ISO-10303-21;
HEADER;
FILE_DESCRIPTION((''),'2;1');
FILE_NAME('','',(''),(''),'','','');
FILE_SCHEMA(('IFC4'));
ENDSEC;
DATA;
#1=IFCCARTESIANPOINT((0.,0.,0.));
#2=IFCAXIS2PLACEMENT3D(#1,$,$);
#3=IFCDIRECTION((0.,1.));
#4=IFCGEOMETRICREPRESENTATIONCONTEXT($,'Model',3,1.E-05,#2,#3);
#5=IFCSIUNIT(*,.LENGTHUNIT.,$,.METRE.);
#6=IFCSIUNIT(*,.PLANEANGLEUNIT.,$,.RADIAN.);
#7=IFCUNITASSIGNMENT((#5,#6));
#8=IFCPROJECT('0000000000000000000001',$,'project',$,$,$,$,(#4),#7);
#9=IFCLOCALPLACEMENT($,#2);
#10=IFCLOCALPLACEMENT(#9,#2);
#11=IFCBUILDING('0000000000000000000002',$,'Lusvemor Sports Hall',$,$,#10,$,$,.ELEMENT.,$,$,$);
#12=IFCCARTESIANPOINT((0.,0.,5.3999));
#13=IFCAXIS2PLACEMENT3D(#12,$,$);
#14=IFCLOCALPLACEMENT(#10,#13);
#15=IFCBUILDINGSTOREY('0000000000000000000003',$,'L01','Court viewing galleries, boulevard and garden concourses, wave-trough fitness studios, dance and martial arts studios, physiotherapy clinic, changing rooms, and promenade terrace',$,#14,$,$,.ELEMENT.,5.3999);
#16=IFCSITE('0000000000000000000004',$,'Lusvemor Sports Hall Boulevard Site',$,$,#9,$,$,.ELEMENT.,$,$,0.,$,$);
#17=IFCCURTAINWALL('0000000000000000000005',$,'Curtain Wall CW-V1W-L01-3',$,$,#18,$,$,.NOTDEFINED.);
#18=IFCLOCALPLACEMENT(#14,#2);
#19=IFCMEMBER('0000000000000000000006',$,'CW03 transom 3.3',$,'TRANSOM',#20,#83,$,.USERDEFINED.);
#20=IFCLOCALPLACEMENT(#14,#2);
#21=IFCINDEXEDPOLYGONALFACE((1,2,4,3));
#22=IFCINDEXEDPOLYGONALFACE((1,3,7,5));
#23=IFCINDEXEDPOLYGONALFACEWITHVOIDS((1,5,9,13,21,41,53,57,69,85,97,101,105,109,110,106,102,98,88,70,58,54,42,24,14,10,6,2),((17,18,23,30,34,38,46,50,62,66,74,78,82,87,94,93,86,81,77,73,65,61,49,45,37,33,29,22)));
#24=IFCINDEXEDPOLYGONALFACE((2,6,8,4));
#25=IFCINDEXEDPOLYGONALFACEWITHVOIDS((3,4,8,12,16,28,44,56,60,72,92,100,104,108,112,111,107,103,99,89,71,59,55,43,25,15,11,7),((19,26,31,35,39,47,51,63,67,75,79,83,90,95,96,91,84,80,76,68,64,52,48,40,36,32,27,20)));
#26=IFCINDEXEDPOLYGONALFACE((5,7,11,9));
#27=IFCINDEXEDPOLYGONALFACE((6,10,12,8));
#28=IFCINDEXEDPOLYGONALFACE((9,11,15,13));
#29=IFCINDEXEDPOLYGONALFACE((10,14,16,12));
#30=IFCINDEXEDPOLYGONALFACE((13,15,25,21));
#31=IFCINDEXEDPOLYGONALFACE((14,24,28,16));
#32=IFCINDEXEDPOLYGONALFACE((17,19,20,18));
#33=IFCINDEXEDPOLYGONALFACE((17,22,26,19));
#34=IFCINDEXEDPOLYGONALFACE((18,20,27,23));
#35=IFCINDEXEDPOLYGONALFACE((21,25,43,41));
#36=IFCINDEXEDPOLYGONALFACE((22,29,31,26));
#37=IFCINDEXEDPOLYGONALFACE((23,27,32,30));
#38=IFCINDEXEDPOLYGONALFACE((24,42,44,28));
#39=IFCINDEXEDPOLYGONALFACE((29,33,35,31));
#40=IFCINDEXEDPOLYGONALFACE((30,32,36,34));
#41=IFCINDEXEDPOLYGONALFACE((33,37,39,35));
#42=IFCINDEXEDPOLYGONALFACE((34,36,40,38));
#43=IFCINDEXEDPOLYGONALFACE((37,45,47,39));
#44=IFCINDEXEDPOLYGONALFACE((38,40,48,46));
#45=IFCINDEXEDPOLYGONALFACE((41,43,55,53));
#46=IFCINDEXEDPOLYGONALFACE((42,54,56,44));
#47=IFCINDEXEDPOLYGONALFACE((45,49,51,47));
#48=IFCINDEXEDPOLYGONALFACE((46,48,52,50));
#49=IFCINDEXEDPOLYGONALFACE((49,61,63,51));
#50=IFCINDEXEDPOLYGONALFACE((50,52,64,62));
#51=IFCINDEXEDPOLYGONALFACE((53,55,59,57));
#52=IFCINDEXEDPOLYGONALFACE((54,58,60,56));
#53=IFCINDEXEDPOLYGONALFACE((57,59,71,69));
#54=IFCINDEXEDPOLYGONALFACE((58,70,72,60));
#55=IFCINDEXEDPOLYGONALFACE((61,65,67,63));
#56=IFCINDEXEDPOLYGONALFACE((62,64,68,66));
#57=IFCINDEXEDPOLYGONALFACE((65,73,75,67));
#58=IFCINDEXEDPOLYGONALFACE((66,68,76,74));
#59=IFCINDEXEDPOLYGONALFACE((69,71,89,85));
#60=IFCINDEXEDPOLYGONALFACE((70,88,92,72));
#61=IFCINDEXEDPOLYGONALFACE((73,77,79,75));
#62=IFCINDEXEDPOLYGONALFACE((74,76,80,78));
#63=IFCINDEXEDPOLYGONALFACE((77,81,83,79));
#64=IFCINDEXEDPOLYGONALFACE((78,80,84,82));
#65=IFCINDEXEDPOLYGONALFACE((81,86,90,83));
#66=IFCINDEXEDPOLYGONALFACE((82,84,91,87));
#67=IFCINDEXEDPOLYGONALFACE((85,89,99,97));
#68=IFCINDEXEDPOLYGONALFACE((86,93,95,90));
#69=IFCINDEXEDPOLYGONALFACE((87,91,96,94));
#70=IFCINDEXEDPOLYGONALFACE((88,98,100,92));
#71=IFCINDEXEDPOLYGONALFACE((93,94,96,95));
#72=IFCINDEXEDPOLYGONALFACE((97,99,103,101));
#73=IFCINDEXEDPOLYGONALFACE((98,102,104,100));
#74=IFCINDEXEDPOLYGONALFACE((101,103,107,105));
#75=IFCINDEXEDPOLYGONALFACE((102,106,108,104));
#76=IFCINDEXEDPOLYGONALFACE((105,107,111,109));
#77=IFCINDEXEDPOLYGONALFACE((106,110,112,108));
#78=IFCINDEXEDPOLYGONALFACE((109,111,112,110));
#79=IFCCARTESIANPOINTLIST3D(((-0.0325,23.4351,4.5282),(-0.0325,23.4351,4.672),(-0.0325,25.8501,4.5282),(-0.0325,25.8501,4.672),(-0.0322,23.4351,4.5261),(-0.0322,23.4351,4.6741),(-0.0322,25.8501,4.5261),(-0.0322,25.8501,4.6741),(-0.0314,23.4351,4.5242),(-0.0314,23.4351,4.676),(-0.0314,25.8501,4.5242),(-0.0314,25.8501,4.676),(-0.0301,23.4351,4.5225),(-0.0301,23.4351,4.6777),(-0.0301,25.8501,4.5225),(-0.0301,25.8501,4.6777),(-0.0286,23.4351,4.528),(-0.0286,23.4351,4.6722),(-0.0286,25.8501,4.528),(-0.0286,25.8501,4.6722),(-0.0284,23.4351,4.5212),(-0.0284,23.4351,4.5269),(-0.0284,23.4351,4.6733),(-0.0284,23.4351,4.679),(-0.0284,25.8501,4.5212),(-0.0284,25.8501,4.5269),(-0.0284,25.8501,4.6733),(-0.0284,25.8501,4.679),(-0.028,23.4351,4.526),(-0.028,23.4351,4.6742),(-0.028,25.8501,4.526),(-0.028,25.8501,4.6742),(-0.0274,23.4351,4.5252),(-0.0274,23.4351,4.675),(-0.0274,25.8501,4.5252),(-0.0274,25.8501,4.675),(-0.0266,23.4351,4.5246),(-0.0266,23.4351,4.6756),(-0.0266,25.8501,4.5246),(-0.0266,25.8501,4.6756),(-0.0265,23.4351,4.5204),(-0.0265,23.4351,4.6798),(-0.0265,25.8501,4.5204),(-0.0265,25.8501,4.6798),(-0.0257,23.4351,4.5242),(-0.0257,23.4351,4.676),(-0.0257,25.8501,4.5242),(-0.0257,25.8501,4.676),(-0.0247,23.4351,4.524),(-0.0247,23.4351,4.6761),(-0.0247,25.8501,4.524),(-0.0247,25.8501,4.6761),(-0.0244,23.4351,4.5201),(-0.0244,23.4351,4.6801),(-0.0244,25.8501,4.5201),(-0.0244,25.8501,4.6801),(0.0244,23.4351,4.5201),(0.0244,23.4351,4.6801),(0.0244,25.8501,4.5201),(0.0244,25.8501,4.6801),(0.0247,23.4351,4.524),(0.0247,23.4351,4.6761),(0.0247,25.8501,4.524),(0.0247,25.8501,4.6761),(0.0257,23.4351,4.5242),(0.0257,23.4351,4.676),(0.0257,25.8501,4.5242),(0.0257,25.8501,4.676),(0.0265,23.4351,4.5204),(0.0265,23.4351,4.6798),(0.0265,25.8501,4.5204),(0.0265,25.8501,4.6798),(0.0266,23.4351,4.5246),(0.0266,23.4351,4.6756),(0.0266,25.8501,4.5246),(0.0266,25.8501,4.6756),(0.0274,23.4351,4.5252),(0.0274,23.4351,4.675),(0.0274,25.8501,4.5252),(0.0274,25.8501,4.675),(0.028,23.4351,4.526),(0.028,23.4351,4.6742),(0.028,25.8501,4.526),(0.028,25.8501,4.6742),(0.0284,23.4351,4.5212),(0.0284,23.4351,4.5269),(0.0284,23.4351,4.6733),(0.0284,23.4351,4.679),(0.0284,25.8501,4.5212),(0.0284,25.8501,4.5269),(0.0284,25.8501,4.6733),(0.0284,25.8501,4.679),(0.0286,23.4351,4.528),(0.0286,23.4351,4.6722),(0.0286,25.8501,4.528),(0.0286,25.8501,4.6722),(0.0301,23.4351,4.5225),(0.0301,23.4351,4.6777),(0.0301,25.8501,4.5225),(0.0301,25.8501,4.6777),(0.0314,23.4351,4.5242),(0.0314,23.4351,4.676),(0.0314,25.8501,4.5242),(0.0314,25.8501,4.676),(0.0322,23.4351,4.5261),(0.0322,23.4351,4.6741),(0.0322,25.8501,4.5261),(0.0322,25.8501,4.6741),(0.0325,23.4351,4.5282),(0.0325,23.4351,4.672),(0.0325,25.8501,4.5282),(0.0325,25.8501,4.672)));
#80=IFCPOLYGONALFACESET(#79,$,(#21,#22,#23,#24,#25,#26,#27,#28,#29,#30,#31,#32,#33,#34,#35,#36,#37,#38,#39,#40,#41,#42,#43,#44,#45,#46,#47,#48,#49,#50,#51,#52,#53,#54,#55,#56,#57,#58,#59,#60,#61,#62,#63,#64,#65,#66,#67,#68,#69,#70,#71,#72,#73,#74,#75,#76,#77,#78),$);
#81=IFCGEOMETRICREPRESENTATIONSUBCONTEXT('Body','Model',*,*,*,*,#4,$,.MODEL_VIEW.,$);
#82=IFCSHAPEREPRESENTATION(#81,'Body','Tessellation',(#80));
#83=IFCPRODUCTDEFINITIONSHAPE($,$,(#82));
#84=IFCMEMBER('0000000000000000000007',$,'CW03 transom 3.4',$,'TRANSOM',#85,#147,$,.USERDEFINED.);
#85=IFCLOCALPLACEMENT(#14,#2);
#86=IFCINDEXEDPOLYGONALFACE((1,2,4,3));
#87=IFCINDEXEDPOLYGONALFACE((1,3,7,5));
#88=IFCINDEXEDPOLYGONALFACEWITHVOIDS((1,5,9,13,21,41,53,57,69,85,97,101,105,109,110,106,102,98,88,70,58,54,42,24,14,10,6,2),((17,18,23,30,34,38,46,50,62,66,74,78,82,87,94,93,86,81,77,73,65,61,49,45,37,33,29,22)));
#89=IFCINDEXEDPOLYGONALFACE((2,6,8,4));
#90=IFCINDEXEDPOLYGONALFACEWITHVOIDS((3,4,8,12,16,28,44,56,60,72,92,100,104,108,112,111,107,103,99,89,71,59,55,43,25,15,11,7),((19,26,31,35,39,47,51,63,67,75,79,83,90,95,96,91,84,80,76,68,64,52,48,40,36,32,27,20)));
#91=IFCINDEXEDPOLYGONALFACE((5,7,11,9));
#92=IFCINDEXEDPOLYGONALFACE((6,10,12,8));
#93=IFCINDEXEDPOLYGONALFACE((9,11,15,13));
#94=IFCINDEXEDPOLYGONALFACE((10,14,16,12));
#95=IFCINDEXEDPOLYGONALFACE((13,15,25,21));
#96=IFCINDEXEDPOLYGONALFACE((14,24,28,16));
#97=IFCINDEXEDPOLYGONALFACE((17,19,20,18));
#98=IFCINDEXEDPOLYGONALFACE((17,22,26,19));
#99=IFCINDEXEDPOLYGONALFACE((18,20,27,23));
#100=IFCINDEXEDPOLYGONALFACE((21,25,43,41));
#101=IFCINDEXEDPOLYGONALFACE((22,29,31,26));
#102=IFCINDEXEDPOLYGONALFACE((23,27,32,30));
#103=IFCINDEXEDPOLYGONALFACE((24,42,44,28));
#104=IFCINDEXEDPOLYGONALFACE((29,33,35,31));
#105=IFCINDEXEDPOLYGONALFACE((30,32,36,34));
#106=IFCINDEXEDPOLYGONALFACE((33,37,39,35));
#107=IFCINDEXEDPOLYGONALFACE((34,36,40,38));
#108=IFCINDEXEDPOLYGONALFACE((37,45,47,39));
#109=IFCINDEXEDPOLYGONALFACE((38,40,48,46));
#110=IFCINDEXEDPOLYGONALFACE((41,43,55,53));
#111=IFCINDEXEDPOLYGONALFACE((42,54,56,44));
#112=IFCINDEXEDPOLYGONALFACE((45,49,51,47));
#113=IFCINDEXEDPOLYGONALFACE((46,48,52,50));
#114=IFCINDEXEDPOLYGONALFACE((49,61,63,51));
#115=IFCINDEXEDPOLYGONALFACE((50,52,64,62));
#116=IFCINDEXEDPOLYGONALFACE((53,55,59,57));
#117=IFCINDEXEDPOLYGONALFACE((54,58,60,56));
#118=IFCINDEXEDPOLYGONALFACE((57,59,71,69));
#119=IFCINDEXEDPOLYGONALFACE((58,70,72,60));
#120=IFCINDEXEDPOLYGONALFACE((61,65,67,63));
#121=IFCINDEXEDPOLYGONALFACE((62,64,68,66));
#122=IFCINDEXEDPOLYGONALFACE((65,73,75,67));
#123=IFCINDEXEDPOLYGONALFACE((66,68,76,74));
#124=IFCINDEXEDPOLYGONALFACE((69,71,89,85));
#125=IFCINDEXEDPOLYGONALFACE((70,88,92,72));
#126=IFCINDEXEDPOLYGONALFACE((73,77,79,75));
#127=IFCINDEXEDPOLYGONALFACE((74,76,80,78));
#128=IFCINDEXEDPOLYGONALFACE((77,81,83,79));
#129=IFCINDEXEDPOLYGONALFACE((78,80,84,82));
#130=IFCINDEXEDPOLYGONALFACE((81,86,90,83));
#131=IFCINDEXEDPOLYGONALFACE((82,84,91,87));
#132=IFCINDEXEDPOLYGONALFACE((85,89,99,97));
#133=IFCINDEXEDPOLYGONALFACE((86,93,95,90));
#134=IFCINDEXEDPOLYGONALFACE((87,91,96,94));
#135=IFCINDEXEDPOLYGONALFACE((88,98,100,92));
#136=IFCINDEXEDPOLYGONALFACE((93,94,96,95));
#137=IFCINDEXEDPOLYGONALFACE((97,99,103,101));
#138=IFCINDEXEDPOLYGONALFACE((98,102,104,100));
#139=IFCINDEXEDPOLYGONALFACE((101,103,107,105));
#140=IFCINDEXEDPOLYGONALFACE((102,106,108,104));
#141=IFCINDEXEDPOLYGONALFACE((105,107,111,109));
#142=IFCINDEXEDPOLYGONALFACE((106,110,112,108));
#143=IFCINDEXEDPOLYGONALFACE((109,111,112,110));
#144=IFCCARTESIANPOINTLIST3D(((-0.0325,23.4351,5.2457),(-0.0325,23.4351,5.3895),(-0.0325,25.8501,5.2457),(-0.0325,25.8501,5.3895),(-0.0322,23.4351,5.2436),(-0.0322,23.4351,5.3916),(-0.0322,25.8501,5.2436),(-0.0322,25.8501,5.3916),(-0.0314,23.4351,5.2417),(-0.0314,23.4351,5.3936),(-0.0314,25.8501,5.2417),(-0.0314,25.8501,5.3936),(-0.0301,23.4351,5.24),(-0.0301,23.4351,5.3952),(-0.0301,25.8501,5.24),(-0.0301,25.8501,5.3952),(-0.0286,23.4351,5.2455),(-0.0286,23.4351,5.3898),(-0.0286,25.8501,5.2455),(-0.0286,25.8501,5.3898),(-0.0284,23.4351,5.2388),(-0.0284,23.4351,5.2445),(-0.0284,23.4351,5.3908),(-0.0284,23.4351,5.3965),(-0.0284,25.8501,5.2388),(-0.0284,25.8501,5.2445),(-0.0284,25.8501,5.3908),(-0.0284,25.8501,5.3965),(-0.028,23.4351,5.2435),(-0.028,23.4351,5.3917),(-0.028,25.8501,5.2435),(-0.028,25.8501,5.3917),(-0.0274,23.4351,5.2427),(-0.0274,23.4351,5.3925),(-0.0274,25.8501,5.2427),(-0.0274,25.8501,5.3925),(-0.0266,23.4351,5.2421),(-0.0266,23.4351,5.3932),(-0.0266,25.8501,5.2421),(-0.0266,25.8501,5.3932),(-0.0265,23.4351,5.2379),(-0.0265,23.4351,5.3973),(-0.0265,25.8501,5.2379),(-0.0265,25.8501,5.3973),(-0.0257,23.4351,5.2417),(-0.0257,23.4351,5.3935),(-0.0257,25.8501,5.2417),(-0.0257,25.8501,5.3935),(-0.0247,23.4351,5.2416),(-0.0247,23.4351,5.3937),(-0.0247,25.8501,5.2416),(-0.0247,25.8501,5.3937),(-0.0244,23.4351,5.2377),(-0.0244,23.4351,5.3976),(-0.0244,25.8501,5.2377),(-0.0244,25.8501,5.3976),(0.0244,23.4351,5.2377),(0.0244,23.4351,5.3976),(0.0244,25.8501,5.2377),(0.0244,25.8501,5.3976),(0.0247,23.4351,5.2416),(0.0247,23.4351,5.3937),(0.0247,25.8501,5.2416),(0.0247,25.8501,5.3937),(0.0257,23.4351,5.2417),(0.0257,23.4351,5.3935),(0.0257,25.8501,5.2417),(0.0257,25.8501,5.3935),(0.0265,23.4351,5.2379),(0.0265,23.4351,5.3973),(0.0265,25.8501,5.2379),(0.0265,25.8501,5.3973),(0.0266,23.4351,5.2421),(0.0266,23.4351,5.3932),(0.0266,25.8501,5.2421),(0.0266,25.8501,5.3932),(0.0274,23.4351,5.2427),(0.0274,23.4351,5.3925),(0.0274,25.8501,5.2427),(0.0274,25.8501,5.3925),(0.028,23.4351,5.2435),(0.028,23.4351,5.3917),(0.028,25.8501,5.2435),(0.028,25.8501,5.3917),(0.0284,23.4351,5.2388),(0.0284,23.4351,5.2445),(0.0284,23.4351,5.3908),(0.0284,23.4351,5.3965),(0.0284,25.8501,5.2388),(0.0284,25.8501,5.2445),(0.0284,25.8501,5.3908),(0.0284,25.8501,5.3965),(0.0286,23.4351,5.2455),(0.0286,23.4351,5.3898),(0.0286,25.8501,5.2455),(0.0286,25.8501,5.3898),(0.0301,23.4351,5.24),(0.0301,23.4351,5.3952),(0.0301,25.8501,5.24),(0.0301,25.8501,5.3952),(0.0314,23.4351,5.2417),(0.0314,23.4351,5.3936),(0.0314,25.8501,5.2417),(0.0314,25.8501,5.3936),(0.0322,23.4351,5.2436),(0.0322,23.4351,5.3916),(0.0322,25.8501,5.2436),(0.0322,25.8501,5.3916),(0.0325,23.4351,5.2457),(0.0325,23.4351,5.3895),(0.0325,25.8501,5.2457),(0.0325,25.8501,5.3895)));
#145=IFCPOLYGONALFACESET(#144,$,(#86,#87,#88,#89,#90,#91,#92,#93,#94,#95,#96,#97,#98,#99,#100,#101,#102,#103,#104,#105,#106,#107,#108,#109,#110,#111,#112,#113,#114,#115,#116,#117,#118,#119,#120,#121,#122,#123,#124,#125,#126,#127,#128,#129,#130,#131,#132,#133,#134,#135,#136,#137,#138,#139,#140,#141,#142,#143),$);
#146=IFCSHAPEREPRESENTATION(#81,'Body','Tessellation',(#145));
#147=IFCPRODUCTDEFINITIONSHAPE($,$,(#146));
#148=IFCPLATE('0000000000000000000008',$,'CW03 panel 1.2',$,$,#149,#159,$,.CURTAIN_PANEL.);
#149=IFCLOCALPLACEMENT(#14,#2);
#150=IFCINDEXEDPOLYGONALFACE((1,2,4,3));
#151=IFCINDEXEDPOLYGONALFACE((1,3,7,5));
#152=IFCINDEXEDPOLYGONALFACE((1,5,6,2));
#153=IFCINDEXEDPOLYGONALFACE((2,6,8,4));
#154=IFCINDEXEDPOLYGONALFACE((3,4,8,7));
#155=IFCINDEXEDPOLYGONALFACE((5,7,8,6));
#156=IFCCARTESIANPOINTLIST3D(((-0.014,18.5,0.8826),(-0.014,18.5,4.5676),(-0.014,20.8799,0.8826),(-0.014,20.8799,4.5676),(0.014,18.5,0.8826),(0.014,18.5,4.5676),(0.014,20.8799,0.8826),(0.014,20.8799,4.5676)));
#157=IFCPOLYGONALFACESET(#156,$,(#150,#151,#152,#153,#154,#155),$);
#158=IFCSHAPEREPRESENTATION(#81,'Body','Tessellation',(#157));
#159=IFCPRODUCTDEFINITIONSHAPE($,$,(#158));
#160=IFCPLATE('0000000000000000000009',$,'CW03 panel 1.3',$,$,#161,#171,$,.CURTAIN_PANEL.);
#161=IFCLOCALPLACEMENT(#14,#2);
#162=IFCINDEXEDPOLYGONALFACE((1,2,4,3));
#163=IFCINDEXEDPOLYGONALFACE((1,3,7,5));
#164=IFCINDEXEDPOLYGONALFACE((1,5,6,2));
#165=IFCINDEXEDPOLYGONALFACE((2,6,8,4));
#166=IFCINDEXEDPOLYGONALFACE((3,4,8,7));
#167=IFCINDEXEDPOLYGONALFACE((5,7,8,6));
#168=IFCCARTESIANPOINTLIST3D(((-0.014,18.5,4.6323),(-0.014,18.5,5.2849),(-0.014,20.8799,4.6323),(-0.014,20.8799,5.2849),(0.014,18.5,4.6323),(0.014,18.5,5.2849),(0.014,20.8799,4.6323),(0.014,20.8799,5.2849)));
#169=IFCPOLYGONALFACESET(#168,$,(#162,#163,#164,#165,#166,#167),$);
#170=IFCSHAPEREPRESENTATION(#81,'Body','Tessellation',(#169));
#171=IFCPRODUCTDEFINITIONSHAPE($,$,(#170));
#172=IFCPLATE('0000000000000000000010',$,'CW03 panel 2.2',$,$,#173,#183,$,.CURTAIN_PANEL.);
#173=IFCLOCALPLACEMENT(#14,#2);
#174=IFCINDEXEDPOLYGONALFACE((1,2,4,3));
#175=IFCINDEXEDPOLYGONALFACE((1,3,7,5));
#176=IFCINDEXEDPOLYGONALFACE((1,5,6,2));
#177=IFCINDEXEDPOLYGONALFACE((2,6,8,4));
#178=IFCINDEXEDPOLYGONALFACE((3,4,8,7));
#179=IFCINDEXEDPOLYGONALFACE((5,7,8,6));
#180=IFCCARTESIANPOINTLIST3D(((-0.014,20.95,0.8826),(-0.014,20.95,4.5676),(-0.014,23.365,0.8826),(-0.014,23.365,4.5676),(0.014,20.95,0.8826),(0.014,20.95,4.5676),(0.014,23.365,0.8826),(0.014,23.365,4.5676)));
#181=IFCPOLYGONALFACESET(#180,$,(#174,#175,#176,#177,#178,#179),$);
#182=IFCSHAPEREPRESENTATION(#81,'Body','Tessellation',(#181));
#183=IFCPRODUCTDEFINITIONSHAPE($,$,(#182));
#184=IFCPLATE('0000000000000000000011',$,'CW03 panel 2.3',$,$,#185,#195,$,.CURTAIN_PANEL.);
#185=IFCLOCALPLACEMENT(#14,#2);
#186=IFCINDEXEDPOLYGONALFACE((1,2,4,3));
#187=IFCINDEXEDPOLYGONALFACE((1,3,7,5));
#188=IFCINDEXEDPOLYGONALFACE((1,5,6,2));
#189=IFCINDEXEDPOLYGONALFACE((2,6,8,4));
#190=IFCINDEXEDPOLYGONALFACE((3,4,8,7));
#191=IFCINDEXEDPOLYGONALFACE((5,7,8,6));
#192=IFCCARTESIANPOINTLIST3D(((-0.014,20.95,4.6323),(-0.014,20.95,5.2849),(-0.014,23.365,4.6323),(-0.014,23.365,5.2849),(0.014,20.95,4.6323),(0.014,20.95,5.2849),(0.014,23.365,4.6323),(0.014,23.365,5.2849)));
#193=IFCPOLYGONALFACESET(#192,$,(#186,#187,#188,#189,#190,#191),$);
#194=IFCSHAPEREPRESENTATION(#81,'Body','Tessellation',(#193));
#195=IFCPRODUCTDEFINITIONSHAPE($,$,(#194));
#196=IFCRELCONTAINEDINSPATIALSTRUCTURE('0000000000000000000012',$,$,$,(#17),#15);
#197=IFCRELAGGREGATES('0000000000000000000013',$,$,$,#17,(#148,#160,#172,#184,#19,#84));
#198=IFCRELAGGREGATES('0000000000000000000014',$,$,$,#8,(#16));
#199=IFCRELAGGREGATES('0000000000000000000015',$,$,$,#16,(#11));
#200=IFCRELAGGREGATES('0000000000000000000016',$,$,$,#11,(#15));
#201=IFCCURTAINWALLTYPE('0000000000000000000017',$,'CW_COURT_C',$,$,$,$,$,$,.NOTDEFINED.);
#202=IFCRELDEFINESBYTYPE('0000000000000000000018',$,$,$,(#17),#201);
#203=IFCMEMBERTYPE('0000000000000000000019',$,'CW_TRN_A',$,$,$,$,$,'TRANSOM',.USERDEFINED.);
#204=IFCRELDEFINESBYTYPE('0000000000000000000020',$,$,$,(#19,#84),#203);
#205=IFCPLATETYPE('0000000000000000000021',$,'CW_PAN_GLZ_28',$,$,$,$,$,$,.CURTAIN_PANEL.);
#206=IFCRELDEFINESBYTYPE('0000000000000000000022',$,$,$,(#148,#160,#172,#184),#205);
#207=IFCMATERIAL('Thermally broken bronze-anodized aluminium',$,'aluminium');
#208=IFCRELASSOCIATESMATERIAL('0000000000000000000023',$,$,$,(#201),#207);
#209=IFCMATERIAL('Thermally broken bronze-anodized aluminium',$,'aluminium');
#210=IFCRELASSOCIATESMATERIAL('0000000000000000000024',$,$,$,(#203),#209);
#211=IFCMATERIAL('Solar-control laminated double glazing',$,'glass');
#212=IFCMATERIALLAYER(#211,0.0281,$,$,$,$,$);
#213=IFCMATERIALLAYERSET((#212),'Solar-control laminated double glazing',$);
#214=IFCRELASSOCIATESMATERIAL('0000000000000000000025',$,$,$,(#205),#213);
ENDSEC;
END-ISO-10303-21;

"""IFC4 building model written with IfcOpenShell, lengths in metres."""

from ifc_helpers import new_model, si_unit, direction, frame, origin, origin_2d, place, context, subcontext, project, spatial, rectangle, hollow_rectangle, extrude, material, layer, layer_set, material_profile, profile_set, type_object, element, aggregate, save


model = new_model("IFC4")

# Units and contexts
model_context = context("Model", 3, precision=1e-05, world=origin(), true_north=direction((0.0, 1.0)))
body_context = subcontext(model_context, "Body", "Model", "MODEL_VIEW")
ifc_project = project(units=[si_unit("LENGTHUNIT", "METRE"), si_unit("PLANEANGLEUNIT", "RADIAN")], contexts=[model_context])

# Site, building, storey
site_placement = place(None, origin())
site = spatial("IfcSite", under=ifc_project, at=site_placement, Name="Lusvemor Sports Hall Boulevard Site", CompositionType="ELEMENT", RefElevation=0.0)
building_placement = place(site_placement, origin())
building = spatial("IfcBuilding", under=site, at=building_placement, Name="Lusvemor Sports Hall", CompositionType="ELEMENT")
storey_placement = place(building_placement, frame((0.0, 0.0, 5.3999)))
storey = spatial("IfcBuildingStorey", under=building, at=storey_placement, Name="L01", Description="Court viewing galleries, boulevard and garden concourses, wave-trough fitness studios, dance and martial arts studios, physiotherapy clinic, changing rooms, and promenade terrace", CompositionType="ELEMENT", Elevation=5.3999)

# Shared definitions
ifc_material_1 = material(Name="Thermally broken bronze-anodized aluminium", Category="aluminium")
curtain_wall_type = type_object("IfcCurtainWallType", Name="CW_COURT_C", PredefinedType="NOTDEFINED", material=ifc_material_1)

# Curtain wall, members, plates
curtain_wall_1_placement = place(storey_placement, origin())
curtain_wall_1 = element("IfcCurtainWall", 1, at=curtain_wall_1_placement, inside=storey, type_object=curtain_wall_type, Name="Curtain Wall CW-V1W-L01-3", PredefinedType="NOTDEFINED")
ifc_material_2 = material(Name="Thermally broken bronze-anodized aluminium", Category="aluminium")
ifc_material_profile_1 = material_profile(ifc_material_2, hollow_rectangle(XDim=0.0649, YDim=0.1599, WallThickness=0.0039, InnerFilletRadius=0.0039, OuterFilletRadius=0.0081, at=origin_2d()), Name="CWTRN160x65x4")
ifc_profile_set_1 = profile_set([ifc_material_profile_1], Name="Thermally broken bronze-anodized aluminium")
member_type_1 = type_object("IfcMemberType", Name="CW_TRN_A", ElementType="TRANSOM", PredefinedType="USERDEFINED", material=ifc_profile_set_1)
member_1_placement = place(storey_placement, frame((0.0, 23.4351, 4.6001), z_axis=(0.0, 1.0, 0.0), x_axis=(-1.0, 0.0, 0.0)))
member_1 = element("IfcMember", 2, at=member_1_placement, type_object=member_type_1, Name="CW03 transom 3.3", ObjectType="TRANSOM", PredefinedType="USERDEFINED", context=body_context, shape_type="SweptSolid", body=[
    extrude(hollow_rectangle(XDim=0.0649, YDim=0.1599, WallThickness=0.0039, InnerFilletRadius=0.0039, OuterFilletRadius=0.0081, at=origin_2d()), origin(), (0.0, 0.0, 1.0), 2.415),
])
member_2_placement = place(storey_placement, frame((0.0, 23.4351, 5.3176), z_axis=(0.0, 1.0, 0.0), x_axis=(-1.0, 0.0, 0.0)))
member_2 = element("IfcMember", 3, at=member_2_placement, type_object=member_type_1, Name="CW03 transom 3.4", ObjectType="TRANSOM", PredefinedType="USERDEFINED", context=body_context, shape_type="SweptSolid", body=[
    extrude(hollow_rectangle(XDim=0.0649, YDim=0.1599, WallThickness=0.0039, InnerFilletRadius=0.0039, OuterFilletRadius=0.0081, at=origin_2d()), origin(), (0.0, 0.0, 1.0), 2.415),
])
ifc_material_3 = material(Name="Solar-control laminated double glazing", Category="glass")
ifc_layer_1 = layer(ifc_material_3, 0.0281)
ifc_layer_set_1 = layer_set([ifc_layer_1], Name="Solar-control laminated double glazing")
plate_type_1 = type_object("IfcPlateType", Name="CW_PAN_GLZ_28", PredefinedType="CURTAIN_PANEL", material=ifc_layer_set_1)
plate_1_placement = place(storey_placement, frame((0.0, 19.6899, 0.8826), z_axis=(0.0, 0.0, 1.0), x_axis=(0.0, 1.0, 0.0)))
plate_1 = element("IfcPlate", 4, at=plate_1_placement, type_object=plate_type_1, Name="CW03 panel 1.2", PredefinedType="CURTAIN_PANEL", context=body_context, shape_type="SweptSolid", body=[
    extrude(rectangle(XDim=2.3799, YDim=0.0281, at=origin_2d()), origin(), (0.0, 0.0, 1.0), 3.6851),
])
plate_2_placement = place(storey_placement, frame((0.0, 19.6899, 4.6323), z_axis=(0.0, 0.0, 1.0), x_axis=(0.0, 1.0, 0.0)))
plate_2 = element("IfcPlate", 5, at=plate_2_placement, type_object=plate_type_1, Name="CW03 panel 1.3", PredefinedType="CURTAIN_PANEL", context=body_context, shape_type="SweptSolid", body=[
    extrude(rectangle(XDim=2.3799, YDim=0.0281, at=origin_2d()), origin(), (0.0, 0.0, 1.0), 0.6526),
])
plate_3_placement = place(storey_placement, frame((0.0, 22.1575, 0.8826), z_axis=(0.0, 0.0, 1.0), x_axis=(0.0, 1.0, 0.0)))
plate_3 = element("IfcPlate", 6, at=plate_3_placement, type_object=plate_type_1, Name="CW03 panel 2.2", PredefinedType="CURTAIN_PANEL", context=body_context, shape_type="SweptSolid", body=[
    extrude(rectangle(XDim=2.415, YDim=0.0281, at=origin_2d()), origin(), (0.0, 0.0, 1.0), 3.6851),
])
plate_4_placement = place(storey_placement, frame((0.0, 22.1575, 4.6323), z_axis=(0.0, 0.0, 1.0), x_axis=(0.0, 1.0, 0.0)))
plate_4 = element("IfcPlate", 7, at=plate_4_placement, type_object=plate_type_1, Name="CW03 panel 2.3", PredefinedType="CURTAIN_PANEL", context=body_context, shape_type="SweptSolid", body=[
    extrude(rectangle(XDim=2.415, YDim=0.0281, at=origin_2d()), origin(), (0.0, 0.0, 1.0), 0.6526),
])
aggregate(curtain_wall_1, [plate_1, plate_2, plate_3, plate_4, member_1, member_2])

save(model, "model.ifc")
